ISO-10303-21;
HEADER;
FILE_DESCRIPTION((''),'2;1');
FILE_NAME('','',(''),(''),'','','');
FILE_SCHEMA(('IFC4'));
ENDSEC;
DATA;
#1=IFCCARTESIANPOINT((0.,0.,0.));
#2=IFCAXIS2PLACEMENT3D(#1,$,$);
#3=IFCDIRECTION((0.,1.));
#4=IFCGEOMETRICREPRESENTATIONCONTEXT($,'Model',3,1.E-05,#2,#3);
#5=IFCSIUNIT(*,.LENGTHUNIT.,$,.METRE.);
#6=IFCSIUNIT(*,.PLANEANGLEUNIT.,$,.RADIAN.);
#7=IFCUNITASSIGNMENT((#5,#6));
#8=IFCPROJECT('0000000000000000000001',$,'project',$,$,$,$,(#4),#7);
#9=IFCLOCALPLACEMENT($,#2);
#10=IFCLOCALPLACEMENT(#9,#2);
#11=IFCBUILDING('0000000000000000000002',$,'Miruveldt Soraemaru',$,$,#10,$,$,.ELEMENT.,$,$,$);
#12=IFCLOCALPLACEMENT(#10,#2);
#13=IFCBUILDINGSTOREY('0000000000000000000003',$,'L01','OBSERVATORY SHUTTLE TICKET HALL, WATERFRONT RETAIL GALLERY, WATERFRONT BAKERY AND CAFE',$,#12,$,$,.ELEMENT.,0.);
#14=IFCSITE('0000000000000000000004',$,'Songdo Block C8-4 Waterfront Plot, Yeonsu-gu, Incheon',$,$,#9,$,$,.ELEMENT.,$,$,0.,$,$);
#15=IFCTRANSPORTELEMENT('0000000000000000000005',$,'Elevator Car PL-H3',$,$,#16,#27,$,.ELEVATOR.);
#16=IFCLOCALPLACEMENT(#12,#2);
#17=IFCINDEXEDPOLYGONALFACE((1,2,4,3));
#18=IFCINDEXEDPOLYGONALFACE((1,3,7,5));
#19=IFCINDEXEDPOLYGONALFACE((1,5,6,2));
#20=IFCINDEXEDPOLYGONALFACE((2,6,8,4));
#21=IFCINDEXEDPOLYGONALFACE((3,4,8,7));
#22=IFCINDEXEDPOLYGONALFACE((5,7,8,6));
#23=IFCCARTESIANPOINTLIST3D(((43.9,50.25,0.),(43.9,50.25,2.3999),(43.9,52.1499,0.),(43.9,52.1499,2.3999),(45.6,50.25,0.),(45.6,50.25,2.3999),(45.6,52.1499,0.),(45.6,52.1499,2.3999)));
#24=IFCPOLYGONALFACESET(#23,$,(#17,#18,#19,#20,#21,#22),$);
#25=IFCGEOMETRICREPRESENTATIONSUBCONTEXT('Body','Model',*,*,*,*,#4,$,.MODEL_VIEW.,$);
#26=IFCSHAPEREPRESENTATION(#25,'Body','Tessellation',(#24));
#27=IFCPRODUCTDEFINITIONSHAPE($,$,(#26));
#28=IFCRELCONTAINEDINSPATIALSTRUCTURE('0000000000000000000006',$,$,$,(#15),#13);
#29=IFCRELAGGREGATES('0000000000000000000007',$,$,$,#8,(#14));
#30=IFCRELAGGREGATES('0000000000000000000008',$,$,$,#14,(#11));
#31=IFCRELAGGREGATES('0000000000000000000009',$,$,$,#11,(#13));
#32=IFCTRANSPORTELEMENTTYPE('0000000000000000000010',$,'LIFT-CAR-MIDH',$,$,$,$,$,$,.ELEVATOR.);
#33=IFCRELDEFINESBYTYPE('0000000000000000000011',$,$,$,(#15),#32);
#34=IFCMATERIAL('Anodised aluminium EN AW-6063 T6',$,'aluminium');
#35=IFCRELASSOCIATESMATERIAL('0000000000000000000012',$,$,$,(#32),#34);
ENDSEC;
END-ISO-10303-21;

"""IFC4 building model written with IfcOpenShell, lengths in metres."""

from ifc_helpers import new_model, si_unit, direction, frame, origin, origin_2d, place, context, subcontext, project, spatial, rectangle, extrude, material, type_object, element, save


model = new_model("IFC4")

# Units and contexts
model_context = context("Model", 3, precision=1e-05, world=origin(), true_north=direction((0.0, 1.0)))
body_context = subcontext(model_context, "Body", "Model", "MODEL_VIEW")
ifc_project = project(units=[si_unit("LENGTHUNIT", "METRE"), si_unit("PLANEANGLEUNIT", "RADIAN")], contexts=[model_context])

# Site, building, storey
site_placement = place(None, origin())
site = spatial("IfcSite", under=ifc_project, at=site_placement, Name="Songdo Block C8-4 Waterfront Plot, Yeonsu-gu, Incheon", CompositionType="ELEMENT", RefElevation=0.0)
building_placement = place(site_placement, origin())
building = spatial("IfcBuilding", under=site, at=building_placement, Name="Miruveldt Soraemaru", CompositionType="ELEMENT")
storey_placement = place(building_placement, origin())
storey = spatial("IfcBuildingStorey", under=building, at=storey_placement, Name="L01", Description="OBSERVATORY SHUTTLE TICKET HALL, WATERFRONT RETAIL GALLERY, WATERFRONT BAKERY AND CAFE", CompositionType="ELEMENT", Elevation=0.0)

# Shared definitions
ifc_material_1 = material(Name="Anodised aluminium EN AW-6063 T6", Category="aluminium")

# Transport element
transport_element_type = type_object("IfcTransportElementType", Name="LIFT-CAR-MIDH", PredefinedType="ELEVATOR", material=ifc_material_1)
for number, where, z_axis, x_axis, name in (
    (1, (44.75, 51.2, 0.0), (0.0, 0.0, 1.0), (1.0, 0.0, 0.0), "Elevator Car PL-H3"),
):
    element("IfcTransportElement", number, at=place(storey_placement, frame(where, z_axis=z_axis, x_axis=x_axis)), inside=storey, type_object=transport_element_type, Name=name, PredefinedType="ELEVATOR", context=body_context, shape_type="SweptSolid", body=[
        extrude(rectangle(XDim=1.7, YDim=1.8999, at=origin_2d()), origin(), (0.0, 0.0, 1.0), 2.3999),
    ])

save(model, "model.ifc")
